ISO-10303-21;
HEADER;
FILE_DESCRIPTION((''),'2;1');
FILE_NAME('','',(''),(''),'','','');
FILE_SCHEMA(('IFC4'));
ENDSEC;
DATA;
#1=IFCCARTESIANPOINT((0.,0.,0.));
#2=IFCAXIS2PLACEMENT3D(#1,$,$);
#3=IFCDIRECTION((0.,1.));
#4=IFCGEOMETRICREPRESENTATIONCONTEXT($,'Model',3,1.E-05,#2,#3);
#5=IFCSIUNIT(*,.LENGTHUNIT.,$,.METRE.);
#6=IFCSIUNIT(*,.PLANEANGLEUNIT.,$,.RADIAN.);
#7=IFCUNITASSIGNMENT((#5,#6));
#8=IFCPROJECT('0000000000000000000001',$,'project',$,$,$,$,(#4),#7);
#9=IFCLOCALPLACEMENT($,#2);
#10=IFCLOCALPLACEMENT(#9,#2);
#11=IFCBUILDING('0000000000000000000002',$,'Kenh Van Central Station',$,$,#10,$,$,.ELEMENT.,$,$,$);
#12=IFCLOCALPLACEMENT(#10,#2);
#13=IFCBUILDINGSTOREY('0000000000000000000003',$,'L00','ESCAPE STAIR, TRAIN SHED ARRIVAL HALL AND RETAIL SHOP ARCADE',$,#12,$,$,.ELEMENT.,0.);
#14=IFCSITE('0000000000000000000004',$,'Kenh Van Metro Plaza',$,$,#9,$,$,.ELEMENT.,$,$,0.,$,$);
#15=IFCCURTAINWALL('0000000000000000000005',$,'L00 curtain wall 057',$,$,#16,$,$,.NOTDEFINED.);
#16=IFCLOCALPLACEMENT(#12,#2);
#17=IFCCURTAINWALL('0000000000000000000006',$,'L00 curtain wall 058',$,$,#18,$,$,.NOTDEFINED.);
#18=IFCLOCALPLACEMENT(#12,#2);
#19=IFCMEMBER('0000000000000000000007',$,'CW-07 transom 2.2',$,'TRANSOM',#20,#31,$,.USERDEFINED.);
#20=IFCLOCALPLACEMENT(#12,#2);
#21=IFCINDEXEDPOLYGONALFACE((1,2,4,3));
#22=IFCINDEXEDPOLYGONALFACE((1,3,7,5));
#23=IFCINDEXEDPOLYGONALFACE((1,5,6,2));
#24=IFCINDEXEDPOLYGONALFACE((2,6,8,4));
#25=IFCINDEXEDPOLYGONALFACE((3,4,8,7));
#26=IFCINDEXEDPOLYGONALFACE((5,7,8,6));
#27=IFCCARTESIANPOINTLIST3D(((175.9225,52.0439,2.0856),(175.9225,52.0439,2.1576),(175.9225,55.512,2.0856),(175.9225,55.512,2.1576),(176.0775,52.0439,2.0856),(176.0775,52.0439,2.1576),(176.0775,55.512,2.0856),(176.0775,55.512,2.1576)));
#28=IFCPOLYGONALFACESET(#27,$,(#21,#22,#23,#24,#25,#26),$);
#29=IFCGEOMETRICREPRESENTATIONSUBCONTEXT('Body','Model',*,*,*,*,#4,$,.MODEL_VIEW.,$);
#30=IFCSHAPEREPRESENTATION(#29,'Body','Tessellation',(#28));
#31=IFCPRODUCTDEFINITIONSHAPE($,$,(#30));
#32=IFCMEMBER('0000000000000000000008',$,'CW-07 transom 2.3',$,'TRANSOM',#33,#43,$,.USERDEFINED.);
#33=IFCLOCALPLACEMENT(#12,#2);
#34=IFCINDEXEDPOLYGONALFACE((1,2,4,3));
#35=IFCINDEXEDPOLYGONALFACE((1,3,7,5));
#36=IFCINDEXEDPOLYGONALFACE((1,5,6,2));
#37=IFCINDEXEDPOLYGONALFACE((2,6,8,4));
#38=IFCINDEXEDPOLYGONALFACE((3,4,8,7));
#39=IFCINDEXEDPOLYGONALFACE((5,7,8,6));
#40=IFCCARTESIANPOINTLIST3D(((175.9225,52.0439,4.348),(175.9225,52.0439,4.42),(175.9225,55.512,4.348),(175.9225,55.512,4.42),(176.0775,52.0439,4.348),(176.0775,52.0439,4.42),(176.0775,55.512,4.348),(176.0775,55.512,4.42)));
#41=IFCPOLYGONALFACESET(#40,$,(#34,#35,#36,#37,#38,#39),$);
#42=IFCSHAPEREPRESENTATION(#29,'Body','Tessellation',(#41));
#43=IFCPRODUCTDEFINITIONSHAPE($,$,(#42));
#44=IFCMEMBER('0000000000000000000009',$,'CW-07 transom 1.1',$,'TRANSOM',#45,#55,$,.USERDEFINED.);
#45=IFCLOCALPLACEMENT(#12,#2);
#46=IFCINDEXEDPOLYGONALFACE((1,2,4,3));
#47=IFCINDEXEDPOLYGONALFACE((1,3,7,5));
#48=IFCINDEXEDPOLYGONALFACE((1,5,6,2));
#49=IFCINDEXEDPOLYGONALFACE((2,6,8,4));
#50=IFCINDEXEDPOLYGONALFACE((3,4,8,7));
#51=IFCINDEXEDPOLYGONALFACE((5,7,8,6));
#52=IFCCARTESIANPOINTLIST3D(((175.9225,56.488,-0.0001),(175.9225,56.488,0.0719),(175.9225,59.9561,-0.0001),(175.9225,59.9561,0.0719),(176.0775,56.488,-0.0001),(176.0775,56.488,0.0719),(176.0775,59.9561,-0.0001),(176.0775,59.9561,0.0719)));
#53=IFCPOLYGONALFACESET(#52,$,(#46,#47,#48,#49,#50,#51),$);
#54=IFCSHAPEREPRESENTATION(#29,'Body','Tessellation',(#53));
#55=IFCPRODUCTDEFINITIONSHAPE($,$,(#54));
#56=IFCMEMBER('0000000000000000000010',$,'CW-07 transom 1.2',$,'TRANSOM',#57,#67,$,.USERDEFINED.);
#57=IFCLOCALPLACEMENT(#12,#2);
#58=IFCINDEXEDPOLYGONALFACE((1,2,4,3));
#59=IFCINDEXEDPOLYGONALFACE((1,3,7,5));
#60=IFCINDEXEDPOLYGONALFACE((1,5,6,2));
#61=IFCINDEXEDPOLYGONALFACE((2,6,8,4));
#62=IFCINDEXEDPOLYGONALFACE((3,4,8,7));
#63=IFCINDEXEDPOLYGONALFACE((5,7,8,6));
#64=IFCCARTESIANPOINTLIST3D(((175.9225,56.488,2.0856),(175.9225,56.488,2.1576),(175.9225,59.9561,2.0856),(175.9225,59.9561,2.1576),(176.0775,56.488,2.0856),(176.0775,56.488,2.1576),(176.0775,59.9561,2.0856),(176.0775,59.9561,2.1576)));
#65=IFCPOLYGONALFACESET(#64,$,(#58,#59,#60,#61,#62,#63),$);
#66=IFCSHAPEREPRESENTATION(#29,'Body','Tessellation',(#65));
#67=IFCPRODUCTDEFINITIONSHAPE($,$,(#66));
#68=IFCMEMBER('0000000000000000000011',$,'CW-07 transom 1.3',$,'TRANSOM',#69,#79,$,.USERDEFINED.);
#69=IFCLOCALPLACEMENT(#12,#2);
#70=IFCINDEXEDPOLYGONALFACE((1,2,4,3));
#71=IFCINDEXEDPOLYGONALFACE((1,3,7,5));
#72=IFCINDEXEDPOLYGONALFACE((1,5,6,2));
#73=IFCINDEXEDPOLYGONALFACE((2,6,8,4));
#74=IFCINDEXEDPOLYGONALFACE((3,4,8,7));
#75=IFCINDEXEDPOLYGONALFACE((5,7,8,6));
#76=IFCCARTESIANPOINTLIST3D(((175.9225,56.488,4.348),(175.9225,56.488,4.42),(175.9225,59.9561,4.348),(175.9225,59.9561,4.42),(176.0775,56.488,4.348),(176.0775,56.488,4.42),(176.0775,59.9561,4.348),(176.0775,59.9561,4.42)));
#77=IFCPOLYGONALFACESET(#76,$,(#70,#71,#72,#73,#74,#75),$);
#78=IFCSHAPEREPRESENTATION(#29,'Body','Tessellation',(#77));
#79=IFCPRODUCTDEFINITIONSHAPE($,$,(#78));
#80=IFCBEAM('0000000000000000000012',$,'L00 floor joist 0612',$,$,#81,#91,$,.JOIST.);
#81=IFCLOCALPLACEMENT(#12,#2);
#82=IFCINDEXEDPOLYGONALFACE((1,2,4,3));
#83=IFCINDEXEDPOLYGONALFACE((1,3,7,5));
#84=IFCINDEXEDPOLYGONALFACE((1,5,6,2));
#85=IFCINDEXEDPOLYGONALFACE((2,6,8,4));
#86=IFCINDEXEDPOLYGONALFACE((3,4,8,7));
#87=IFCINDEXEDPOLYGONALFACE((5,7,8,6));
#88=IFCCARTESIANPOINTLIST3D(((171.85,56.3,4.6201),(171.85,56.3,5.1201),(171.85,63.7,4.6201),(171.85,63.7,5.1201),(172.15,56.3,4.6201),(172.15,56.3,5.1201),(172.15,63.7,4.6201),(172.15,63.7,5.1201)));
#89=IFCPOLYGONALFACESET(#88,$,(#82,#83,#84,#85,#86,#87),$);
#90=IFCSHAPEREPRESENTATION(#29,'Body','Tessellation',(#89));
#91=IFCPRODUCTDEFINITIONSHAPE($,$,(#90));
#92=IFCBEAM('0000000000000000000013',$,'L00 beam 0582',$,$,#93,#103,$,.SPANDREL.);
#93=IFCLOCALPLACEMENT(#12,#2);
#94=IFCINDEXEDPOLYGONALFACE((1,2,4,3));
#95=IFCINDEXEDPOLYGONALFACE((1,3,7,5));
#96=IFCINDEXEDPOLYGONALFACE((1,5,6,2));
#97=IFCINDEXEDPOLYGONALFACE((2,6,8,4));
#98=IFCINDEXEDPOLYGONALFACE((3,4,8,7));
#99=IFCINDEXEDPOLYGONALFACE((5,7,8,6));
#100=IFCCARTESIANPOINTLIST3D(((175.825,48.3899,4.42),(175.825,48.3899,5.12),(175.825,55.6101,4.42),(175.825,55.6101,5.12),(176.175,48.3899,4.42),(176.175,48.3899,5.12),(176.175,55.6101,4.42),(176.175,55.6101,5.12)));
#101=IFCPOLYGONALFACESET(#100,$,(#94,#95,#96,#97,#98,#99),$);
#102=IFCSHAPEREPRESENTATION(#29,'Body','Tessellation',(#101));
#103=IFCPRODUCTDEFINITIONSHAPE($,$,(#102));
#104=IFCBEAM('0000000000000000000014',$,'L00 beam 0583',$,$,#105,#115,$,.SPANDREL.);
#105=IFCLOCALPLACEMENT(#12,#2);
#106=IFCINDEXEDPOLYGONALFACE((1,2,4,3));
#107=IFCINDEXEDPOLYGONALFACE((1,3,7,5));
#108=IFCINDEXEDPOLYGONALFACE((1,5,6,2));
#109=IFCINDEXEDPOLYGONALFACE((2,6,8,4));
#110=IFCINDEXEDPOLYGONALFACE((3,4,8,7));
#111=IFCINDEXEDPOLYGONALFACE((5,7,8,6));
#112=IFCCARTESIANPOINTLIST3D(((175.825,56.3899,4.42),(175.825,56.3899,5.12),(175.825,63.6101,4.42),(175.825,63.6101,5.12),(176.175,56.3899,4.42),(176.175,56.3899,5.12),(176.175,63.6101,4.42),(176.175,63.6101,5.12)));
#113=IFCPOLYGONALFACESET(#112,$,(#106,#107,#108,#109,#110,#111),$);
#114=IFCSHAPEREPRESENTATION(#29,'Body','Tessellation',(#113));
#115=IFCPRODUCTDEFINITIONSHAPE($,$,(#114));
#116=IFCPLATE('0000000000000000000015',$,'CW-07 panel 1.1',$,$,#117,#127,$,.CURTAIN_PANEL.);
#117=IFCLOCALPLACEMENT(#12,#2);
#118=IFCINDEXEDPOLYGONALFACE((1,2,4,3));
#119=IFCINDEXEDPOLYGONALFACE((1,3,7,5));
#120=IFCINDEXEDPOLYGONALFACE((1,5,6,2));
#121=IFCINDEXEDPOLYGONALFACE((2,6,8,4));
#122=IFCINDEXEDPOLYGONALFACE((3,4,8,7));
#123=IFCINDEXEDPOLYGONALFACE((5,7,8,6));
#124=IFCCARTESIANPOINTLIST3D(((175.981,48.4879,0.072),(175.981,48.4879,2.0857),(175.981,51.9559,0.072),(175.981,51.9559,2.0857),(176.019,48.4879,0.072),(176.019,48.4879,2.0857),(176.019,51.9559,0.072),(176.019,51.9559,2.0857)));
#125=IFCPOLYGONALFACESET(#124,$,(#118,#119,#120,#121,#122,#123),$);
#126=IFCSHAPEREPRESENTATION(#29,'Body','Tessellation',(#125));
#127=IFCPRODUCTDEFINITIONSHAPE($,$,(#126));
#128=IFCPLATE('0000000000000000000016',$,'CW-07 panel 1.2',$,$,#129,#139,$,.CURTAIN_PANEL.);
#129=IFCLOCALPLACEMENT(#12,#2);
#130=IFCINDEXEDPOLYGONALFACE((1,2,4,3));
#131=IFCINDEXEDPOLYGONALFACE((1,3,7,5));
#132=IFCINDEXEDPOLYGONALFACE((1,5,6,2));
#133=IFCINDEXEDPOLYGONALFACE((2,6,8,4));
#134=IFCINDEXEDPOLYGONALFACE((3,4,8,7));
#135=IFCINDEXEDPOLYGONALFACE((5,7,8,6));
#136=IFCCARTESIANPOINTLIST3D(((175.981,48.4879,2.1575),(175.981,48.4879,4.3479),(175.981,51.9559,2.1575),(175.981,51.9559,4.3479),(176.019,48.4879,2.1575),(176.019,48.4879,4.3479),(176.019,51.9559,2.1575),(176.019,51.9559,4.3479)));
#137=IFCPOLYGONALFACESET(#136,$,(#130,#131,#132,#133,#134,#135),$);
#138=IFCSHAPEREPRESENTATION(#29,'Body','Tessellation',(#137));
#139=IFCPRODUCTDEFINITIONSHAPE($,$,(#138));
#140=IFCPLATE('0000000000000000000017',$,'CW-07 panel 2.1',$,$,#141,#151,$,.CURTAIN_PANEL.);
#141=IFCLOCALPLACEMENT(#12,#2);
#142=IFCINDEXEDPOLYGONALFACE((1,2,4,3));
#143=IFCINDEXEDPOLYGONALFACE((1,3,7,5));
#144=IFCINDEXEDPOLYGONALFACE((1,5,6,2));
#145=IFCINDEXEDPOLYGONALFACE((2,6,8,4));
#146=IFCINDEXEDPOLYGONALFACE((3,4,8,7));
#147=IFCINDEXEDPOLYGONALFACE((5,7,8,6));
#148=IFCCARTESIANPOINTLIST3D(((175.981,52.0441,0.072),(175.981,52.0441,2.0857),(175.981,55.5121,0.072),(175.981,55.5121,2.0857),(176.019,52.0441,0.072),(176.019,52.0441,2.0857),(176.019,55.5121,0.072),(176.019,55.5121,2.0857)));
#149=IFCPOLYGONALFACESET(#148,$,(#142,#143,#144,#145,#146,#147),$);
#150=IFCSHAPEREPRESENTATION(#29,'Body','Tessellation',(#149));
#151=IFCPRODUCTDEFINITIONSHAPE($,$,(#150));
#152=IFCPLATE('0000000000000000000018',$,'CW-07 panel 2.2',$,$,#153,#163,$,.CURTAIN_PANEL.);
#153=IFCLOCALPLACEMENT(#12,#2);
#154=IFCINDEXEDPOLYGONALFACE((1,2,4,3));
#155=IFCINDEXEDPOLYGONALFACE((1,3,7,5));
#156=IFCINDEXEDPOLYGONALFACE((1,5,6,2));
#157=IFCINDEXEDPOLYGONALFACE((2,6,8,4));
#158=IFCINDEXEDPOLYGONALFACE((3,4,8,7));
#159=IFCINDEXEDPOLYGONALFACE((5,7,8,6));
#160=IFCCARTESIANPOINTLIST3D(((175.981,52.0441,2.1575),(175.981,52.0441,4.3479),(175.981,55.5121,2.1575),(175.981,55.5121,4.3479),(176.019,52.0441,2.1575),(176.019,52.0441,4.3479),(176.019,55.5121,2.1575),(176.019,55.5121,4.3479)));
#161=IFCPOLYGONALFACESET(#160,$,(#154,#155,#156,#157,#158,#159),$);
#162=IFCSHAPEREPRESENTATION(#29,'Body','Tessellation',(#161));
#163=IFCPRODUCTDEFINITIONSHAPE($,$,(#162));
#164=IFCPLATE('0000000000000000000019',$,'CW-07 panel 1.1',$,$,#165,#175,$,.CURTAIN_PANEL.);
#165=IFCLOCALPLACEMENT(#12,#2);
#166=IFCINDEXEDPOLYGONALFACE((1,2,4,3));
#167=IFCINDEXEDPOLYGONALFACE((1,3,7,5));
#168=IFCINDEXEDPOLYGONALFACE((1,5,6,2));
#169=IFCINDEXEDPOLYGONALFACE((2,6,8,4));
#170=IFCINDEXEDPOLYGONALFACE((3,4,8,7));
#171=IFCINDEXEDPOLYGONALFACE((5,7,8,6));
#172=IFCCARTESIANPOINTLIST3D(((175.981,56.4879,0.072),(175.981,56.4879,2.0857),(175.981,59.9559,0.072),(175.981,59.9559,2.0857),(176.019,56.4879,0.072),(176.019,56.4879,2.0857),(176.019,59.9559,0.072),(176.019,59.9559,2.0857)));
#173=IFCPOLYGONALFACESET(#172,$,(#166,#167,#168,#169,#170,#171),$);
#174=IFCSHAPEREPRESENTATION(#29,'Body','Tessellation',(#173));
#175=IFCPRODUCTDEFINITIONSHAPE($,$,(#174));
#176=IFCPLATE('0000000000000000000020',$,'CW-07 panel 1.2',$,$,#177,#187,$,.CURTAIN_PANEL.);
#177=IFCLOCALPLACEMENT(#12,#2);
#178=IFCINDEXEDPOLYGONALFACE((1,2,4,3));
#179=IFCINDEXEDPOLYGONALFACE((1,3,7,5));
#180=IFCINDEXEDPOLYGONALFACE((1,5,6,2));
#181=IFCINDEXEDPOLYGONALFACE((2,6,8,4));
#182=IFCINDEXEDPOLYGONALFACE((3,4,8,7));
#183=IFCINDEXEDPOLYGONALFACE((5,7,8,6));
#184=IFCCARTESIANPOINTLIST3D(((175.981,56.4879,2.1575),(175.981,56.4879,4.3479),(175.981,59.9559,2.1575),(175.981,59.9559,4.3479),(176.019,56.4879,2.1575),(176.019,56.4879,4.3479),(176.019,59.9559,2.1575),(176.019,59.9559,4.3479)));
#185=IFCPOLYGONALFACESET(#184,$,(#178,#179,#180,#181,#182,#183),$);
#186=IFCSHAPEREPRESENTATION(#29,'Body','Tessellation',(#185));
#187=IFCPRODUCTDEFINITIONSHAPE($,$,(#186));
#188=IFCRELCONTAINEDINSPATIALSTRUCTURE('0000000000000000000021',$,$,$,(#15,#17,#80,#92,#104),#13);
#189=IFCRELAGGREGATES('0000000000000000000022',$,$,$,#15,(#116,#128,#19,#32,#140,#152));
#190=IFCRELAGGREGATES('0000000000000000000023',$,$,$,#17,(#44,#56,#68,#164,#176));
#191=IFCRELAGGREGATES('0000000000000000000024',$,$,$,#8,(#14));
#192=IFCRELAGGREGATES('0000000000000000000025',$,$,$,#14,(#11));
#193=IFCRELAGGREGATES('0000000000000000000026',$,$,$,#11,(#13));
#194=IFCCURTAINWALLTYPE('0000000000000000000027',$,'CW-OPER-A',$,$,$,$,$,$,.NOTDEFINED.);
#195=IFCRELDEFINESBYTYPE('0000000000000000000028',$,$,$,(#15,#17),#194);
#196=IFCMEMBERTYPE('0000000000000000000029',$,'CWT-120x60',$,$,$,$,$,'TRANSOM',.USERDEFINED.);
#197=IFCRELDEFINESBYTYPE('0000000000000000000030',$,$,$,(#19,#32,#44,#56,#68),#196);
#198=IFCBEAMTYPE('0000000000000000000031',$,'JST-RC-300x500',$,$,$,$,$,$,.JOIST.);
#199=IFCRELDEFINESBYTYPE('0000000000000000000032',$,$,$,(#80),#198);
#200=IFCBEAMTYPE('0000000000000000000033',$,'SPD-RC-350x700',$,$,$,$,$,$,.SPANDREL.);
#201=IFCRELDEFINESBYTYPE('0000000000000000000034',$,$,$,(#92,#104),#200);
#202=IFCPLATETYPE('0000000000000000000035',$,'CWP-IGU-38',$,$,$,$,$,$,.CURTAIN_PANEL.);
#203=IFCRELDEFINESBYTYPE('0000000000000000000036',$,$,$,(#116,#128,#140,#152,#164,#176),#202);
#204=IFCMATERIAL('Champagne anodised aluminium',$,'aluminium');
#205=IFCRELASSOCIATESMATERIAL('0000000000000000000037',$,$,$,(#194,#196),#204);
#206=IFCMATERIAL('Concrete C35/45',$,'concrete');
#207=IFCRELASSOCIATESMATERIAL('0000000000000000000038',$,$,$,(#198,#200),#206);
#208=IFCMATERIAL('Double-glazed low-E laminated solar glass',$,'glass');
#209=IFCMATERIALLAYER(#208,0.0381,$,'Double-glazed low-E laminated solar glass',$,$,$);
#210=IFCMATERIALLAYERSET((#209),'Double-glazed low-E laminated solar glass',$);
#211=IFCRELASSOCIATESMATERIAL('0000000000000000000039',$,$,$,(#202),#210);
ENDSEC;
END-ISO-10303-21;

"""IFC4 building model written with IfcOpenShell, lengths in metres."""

from ifc_helpers import new_model, si_unit, direction, frame, origin, origin_2d, place, context, subcontext, project, spatial, rectangle, extrude, material, layer, layer_set, material_profile, profile_set, type_object, element, aggregate, save


model = new_model("IFC4")

# Units and contexts
model_context = context("Model", 3, precision=1e-05, world=origin(), true_north=direction((0.0, 1.0)))
body_context = subcontext(model_context, "Body", "Model", "MODEL_VIEW")
ifc_project = project(units=[si_unit("LENGTHUNIT", "METRE"), si_unit("PLANEANGLEUNIT", "RADIAN")], contexts=[model_context])

# Site, building, storey
site_placement = place(None, origin())
site = spatial("IfcSite", under=ifc_project, at=site_placement, Name="Kenh Van Metro Plaza", CompositionType="ELEMENT", RefElevation=0.0)
building_placement = place(site_placement, origin())
building = spatial("IfcBuilding", under=site, at=building_placement, Name="Kenh Van Central Station", CompositionType="ELEMENT")
storey_placement = place(building_placement, origin())
storey = spatial("IfcBuildingStorey", under=building, at=storey_placement, Name="L00", Description="ESCAPE STAIR, TRAIN SHED ARRIVAL HALL AND RETAIL SHOP ARCADE", CompositionType="ELEMENT", Elevation=0.0)

# Shared definitions
ifc_material_1 = material(Name="Concrete C35/45", Category="concrete")

# Curtain wall
ifc_material_2 = material(Name="Champagne anodised aluminium", Category="aluminium")
curtain_wall_type = type_object("IfcCurtainWallType", Name="CW-OPER-A", PredefinedType="NOTDEFINED", material=ifc_material_2)
curtain_wall_1_placement = place(storey_placement, origin())
curtain_wall_1 = element("IfcCurtainWall", 1, at=curtain_wall_1_placement, inside=storey, type_object=curtain_wall_type, Name="L00 curtain wall 057", PredefinedType="NOTDEFINED")

# Curtain wall
curtain_wall_2_placement = place(storey_placement, origin())
curtain_wall_2 = element("IfcCurtainWall", 2, at=curtain_wall_2_placement, inside=storey, type_object=curtain_wall_type, Name="L00 curtain wall 058", PredefinedType="NOTDEFINED")

# Members
ifc_material_profile_1 = material_profile(ifc_material_2, rectangle(XDim=0.155, YDim=0.072, at=origin_2d()), Name="AL 155x72")
ifc_profile_set_1 = profile_set([ifc_material_profile_1], Name="Champagne anodised aluminium")
member_type_1 = type_object("IfcMemberType", Name="CWT-120x60", ElementType="TRANSOM", PredefinedType="USERDEFINED", material=ifc_profile_set_1)
member_1_placement = place(storey_placement, frame((176.0, 52.0439, 2.1216), z_axis=(0.0, 1.0, 0.0), x_axis=(-1.0, 0.0, 0.0)))
member_1 = element("IfcMember", 3, at=member_1_placement, type_object=member_type_1, Name="CW-07 transom 2.2", ObjectType="TRANSOM", PredefinedType="USERDEFINED", context=body_context, shape_type="SweptSolid", body=[
    extrude(rectangle(XDim=0.155, YDim=0.072, at=origin_2d()), origin(), (0.0, 0.0, 1.0), 3.468),
])
member_2_placement = place(storey_placement, frame((176.0, 52.0439, 4.384), z_axis=(0.0, 1.0, 0.0), x_axis=(-1.0, 0.0, 0.0)))
member_2 = element("IfcMember", 4, at=member_2_placement, type_object=member_type_1, Name="CW-07 transom 2.3", ObjectType="TRANSOM", PredefinedType="USERDEFINED", context=body_context, shape_type="SweptSolid", body=[
    extrude(rectangle(XDim=0.155, YDim=0.072, at=origin_2d()), origin(), (0.0, 0.0, 1.0), 3.468),
])
member_3_placement = place(storey_placement, frame((176.0, 56.488, 0.0359), z_axis=(0.0, 1.0, 0.0), x_axis=(-1.0, 0.0, 0.0)))
member_3 = element("IfcMember", 5, at=member_3_placement, type_object=member_type_1, Name="CW-07 transom 1.1", ObjectType="TRANSOM", PredefinedType="USERDEFINED", context=body_context, shape_type="SweptSolid", body=[
    extrude(rectangle(XDim=0.155, YDim=0.072, at=origin_2d()), origin(), (0.0, 0.0, 1.0), 3.468),
])
member_4_placement = place(storey_placement, frame((176.0, 56.488, 2.1216), z_axis=(0.0, 1.0, 0.0), x_axis=(-1.0, 0.0, 0.0)))
member_4 = element("IfcMember", 6, at=member_4_placement, type_object=member_type_1, Name="CW-07 transom 1.2", ObjectType="TRANSOM", PredefinedType="USERDEFINED", context=body_context, shape_type="SweptSolid", body=[
    extrude(rectangle(XDim=0.155, YDim=0.072, at=origin_2d()), origin(), (0.0, 0.0, 1.0), 3.468),
])
member_5_placement = place(storey_placement, frame((176.0, 56.488, 4.384), z_axis=(0.0, 1.0, 0.0), x_axis=(-1.0, 0.0, 0.0)))
member_5 = element("IfcMember", 7, at=member_5_placement, type_object=member_type_1, Name="CW-07 transom 1.3", ObjectType="TRANSOM", PredefinedType="USERDEFINED", context=body_context, shape_type="SweptSolid", body=[
    extrude(rectangle(XDim=0.155, YDim=0.072, at=origin_2d()), origin(), (0.0, 0.0, 1.0), 3.468),
])

# Beams
ifc_material_profile_2 = material_profile(ifc_material_1, rectangle(XDim=0.3, YDim=0.5, at=origin_2d()), Name="RC 300x500")
ifc_profile_set_2 = profile_set([ifc_material_profile_2], Name="Concrete C35/45")
beam_type_1 = type_object("IfcBeamType", Name="JST-RC-300x500", PredefinedType="JOIST", material=ifc_profile_set_2)
beam_placement = place(storey_placement, frame((172.0, 56.3, 4.8701), z_axis=(0.0, 1.0, 0.0), x_axis=(-1.0, 0.0, 0.0)))
element("IfcBeam", 8, at=beam_placement, inside=storey, type_object=beam_type_1, Name="L00 floor joist 0612", PredefinedType="JOIST", context=body_context, shape_type="SweptSolid", body=[
    extrude(rectangle(XDim=0.3, YDim=0.5, at=origin_2d()), origin(), (0.0, 0.0, 1.0), 7.3999),
])
ifc_material_profile_3 = material_profile(ifc_material_1, rectangle(XDim=0.3501, YDim=0.7, at=origin_2d()), Name="RC 350x700")
ifc_profile_set_3 = profile_set([ifc_material_profile_3], Name="Concrete C35/45")
beam_type_2 = type_object("IfcBeamType", Name="SPD-RC-350x700", PredefinedType="SPANDREL", material=ifc_profile_set_3)
for number, where, z_axis, x_axis, name in (
    (9, (176.0, 48.3899, 4.77), (0.0, 1.0, 0.0), (-1.0, 0.0, 0.0), "L00 beam 0582"),
    (10, (176.0, 56.3899, 4.77), (0.0, 1.0, 0.0), (-1.0, 0.0, 0.0), "L00 beam 0583"),
):
    element("IfcBeam", number, at=place(storey_placement, frame(where, z_axis=z_axis, x_axis=x_axis)), inside=storey, type_object=beam_type_2, Name=name, PredefinedType="SPANDREL", context=body_context, shape_type="SweptSolid", body=[
        extrude(rectangle(XDim=0.3501, YDim=0.7, at=origin_2d()), origin(), (0.0, 0.0, 1.0), 7.2202),
    ])

# Plates
ifc_material_3 = material(Name="Double-glazed low-E laminated solar glass", Category="glass")
ifc_layer_1 = layer(ifc_material_3, 0.0381, Name="Double-glazed low-E laminated solar glass")
ifc_layer_set_1 = layer_set([ifc_layer_1], Name="Double-glazed low-E laminated solar glass")
plate_type = type_object("IfcPlateType", Name="CWP-IGU-38", PredefinedType="CURTAIN_PANEL", material=ifc_layer_set_1)
plate_1_placement = place(storey_placement, frame((176.0, 50.2219, 0.072), z_axis=(0.0, 0.0, 1.0), x_axis=(0.0, 1.0, 0.0)))
plate_1 = element("IfcPlate", 11, at=plate_1_placement, type_object=plate_type, Name="CW-07 panel 1.1", PredefinedType="CURTAIN_PANEL", context=body_context, shape_type="SweptSolid", body=[
    extrude(rectangle(XDim=3.468, YDim=0.0381, at=origin_2d()), origin(), (0.0, 0.0, 1.0), 2.0137),
])
plate_2_placement = place(storey_placement, frame((176.0, 50.2219, 2.1575), z_axis=(0.0, 0.0, 1.0), x_axis=(0.0, 1.0, 0.0)))
plate_2 = element("IfcPlate", 12, at=plate_2_placement, type_object=plate_type, Name="CW-07 panel 1.2", PredefinedType="CURTAIN_PANEL", context=body_context, shape_type="SweptSolid", body=[
    extrude(rectangle(XDim=3.468, YDim=0.0381, at=origin_2d()), origin(), (0.0, 0.0, 1.0), 2.1904),
])
plate_3_placement = place(storey_placement, frame((176.0, 53.7781, 0.072), z_axis=(0.0, 0.0, 1.0), x_axis=(0.0, 1.0, 0.0)))
plate_3 = element("IfcPlate", 13, at=plate_3_placement, type_object=plate_type, Name="CW-07 panel 2.1", PredefinedType="CURTAIN_PANEL", context=body_context, shape_type="SweptSolid", body=[
    extrude(rectangle(XDim=3.468, YDim=0.0381, at=origin_2d()), origin(), (0.0, 0.0, 1.0), 2.0137),
])
plate_4_placement = place(storey_placement, frame((176.0, 53.7781, 2.1575), z_axis=(0.0, 0.0, 1.0), x_axis=(0.0, 1.0, 0.0)))
plate_4 = element("IfcPlate", 14, at=plate_4_placement, type_object=plate_type, Name="CW-07 panel 2.2", PredefinedType="CURTAIN_PANEL", context=body_context, shape_type="SweptSolid", body=[
    extrude(rectangle(XDim=3.468, YDim=0.0381, at=origin_2d()), origin(), (0.0, 0.0, 1.0), 2.1904),
])
aggregate(curtain_wall_1, [plate_1, plate_2, member_1, member_2, plate_3, plate_4])
plate_5_placement = place(storey_placement, frame((176.0, 58.2219, 0.072), z_axis=(0.0, 0.0, 1.0), x_axis=(0.0, 1.0, 0.0)))
plate_5 = element("IfcPlate", 15, at=plate_5_placement, type_object=plate_type, Name="CW-07 panel 1.1", PredefinedType="CURTAIN_PANEL", context=body_context, shape_type="SweptSolid", body=[
    extrude(rectangle(XDim=3.468, YDim=0.0381, at=origin_2d()), origin(), (0.0, 0.0, 1.0), 2.0137),
])
plate_6_placement = place(storey_placement, frame((176.0, 58.2219, 2.1575), z_axis=(0.0, 0.0, 1.0), x_axis=(0.0, 1.0, 0.0)))
plate_6 = element("IfcPlate", 16, at=plate_6_placement, type_object=plate_type, Name="CW-07 panel 1.2", PredefinedType="CURTAIN_PANEL", context=body_context, shape_type="SweptSolid", body=[
    extrude(rectangle(XDim=3.468, YDim=0.0381, at=origin_2d()), origin(), (0.0, 0.0, 1.0), 2.1904),
])
aggregate(curtain_wall_2, [member_3, member_4, member_5, plate_5, plate_6])

save(model, "model.ifc")
